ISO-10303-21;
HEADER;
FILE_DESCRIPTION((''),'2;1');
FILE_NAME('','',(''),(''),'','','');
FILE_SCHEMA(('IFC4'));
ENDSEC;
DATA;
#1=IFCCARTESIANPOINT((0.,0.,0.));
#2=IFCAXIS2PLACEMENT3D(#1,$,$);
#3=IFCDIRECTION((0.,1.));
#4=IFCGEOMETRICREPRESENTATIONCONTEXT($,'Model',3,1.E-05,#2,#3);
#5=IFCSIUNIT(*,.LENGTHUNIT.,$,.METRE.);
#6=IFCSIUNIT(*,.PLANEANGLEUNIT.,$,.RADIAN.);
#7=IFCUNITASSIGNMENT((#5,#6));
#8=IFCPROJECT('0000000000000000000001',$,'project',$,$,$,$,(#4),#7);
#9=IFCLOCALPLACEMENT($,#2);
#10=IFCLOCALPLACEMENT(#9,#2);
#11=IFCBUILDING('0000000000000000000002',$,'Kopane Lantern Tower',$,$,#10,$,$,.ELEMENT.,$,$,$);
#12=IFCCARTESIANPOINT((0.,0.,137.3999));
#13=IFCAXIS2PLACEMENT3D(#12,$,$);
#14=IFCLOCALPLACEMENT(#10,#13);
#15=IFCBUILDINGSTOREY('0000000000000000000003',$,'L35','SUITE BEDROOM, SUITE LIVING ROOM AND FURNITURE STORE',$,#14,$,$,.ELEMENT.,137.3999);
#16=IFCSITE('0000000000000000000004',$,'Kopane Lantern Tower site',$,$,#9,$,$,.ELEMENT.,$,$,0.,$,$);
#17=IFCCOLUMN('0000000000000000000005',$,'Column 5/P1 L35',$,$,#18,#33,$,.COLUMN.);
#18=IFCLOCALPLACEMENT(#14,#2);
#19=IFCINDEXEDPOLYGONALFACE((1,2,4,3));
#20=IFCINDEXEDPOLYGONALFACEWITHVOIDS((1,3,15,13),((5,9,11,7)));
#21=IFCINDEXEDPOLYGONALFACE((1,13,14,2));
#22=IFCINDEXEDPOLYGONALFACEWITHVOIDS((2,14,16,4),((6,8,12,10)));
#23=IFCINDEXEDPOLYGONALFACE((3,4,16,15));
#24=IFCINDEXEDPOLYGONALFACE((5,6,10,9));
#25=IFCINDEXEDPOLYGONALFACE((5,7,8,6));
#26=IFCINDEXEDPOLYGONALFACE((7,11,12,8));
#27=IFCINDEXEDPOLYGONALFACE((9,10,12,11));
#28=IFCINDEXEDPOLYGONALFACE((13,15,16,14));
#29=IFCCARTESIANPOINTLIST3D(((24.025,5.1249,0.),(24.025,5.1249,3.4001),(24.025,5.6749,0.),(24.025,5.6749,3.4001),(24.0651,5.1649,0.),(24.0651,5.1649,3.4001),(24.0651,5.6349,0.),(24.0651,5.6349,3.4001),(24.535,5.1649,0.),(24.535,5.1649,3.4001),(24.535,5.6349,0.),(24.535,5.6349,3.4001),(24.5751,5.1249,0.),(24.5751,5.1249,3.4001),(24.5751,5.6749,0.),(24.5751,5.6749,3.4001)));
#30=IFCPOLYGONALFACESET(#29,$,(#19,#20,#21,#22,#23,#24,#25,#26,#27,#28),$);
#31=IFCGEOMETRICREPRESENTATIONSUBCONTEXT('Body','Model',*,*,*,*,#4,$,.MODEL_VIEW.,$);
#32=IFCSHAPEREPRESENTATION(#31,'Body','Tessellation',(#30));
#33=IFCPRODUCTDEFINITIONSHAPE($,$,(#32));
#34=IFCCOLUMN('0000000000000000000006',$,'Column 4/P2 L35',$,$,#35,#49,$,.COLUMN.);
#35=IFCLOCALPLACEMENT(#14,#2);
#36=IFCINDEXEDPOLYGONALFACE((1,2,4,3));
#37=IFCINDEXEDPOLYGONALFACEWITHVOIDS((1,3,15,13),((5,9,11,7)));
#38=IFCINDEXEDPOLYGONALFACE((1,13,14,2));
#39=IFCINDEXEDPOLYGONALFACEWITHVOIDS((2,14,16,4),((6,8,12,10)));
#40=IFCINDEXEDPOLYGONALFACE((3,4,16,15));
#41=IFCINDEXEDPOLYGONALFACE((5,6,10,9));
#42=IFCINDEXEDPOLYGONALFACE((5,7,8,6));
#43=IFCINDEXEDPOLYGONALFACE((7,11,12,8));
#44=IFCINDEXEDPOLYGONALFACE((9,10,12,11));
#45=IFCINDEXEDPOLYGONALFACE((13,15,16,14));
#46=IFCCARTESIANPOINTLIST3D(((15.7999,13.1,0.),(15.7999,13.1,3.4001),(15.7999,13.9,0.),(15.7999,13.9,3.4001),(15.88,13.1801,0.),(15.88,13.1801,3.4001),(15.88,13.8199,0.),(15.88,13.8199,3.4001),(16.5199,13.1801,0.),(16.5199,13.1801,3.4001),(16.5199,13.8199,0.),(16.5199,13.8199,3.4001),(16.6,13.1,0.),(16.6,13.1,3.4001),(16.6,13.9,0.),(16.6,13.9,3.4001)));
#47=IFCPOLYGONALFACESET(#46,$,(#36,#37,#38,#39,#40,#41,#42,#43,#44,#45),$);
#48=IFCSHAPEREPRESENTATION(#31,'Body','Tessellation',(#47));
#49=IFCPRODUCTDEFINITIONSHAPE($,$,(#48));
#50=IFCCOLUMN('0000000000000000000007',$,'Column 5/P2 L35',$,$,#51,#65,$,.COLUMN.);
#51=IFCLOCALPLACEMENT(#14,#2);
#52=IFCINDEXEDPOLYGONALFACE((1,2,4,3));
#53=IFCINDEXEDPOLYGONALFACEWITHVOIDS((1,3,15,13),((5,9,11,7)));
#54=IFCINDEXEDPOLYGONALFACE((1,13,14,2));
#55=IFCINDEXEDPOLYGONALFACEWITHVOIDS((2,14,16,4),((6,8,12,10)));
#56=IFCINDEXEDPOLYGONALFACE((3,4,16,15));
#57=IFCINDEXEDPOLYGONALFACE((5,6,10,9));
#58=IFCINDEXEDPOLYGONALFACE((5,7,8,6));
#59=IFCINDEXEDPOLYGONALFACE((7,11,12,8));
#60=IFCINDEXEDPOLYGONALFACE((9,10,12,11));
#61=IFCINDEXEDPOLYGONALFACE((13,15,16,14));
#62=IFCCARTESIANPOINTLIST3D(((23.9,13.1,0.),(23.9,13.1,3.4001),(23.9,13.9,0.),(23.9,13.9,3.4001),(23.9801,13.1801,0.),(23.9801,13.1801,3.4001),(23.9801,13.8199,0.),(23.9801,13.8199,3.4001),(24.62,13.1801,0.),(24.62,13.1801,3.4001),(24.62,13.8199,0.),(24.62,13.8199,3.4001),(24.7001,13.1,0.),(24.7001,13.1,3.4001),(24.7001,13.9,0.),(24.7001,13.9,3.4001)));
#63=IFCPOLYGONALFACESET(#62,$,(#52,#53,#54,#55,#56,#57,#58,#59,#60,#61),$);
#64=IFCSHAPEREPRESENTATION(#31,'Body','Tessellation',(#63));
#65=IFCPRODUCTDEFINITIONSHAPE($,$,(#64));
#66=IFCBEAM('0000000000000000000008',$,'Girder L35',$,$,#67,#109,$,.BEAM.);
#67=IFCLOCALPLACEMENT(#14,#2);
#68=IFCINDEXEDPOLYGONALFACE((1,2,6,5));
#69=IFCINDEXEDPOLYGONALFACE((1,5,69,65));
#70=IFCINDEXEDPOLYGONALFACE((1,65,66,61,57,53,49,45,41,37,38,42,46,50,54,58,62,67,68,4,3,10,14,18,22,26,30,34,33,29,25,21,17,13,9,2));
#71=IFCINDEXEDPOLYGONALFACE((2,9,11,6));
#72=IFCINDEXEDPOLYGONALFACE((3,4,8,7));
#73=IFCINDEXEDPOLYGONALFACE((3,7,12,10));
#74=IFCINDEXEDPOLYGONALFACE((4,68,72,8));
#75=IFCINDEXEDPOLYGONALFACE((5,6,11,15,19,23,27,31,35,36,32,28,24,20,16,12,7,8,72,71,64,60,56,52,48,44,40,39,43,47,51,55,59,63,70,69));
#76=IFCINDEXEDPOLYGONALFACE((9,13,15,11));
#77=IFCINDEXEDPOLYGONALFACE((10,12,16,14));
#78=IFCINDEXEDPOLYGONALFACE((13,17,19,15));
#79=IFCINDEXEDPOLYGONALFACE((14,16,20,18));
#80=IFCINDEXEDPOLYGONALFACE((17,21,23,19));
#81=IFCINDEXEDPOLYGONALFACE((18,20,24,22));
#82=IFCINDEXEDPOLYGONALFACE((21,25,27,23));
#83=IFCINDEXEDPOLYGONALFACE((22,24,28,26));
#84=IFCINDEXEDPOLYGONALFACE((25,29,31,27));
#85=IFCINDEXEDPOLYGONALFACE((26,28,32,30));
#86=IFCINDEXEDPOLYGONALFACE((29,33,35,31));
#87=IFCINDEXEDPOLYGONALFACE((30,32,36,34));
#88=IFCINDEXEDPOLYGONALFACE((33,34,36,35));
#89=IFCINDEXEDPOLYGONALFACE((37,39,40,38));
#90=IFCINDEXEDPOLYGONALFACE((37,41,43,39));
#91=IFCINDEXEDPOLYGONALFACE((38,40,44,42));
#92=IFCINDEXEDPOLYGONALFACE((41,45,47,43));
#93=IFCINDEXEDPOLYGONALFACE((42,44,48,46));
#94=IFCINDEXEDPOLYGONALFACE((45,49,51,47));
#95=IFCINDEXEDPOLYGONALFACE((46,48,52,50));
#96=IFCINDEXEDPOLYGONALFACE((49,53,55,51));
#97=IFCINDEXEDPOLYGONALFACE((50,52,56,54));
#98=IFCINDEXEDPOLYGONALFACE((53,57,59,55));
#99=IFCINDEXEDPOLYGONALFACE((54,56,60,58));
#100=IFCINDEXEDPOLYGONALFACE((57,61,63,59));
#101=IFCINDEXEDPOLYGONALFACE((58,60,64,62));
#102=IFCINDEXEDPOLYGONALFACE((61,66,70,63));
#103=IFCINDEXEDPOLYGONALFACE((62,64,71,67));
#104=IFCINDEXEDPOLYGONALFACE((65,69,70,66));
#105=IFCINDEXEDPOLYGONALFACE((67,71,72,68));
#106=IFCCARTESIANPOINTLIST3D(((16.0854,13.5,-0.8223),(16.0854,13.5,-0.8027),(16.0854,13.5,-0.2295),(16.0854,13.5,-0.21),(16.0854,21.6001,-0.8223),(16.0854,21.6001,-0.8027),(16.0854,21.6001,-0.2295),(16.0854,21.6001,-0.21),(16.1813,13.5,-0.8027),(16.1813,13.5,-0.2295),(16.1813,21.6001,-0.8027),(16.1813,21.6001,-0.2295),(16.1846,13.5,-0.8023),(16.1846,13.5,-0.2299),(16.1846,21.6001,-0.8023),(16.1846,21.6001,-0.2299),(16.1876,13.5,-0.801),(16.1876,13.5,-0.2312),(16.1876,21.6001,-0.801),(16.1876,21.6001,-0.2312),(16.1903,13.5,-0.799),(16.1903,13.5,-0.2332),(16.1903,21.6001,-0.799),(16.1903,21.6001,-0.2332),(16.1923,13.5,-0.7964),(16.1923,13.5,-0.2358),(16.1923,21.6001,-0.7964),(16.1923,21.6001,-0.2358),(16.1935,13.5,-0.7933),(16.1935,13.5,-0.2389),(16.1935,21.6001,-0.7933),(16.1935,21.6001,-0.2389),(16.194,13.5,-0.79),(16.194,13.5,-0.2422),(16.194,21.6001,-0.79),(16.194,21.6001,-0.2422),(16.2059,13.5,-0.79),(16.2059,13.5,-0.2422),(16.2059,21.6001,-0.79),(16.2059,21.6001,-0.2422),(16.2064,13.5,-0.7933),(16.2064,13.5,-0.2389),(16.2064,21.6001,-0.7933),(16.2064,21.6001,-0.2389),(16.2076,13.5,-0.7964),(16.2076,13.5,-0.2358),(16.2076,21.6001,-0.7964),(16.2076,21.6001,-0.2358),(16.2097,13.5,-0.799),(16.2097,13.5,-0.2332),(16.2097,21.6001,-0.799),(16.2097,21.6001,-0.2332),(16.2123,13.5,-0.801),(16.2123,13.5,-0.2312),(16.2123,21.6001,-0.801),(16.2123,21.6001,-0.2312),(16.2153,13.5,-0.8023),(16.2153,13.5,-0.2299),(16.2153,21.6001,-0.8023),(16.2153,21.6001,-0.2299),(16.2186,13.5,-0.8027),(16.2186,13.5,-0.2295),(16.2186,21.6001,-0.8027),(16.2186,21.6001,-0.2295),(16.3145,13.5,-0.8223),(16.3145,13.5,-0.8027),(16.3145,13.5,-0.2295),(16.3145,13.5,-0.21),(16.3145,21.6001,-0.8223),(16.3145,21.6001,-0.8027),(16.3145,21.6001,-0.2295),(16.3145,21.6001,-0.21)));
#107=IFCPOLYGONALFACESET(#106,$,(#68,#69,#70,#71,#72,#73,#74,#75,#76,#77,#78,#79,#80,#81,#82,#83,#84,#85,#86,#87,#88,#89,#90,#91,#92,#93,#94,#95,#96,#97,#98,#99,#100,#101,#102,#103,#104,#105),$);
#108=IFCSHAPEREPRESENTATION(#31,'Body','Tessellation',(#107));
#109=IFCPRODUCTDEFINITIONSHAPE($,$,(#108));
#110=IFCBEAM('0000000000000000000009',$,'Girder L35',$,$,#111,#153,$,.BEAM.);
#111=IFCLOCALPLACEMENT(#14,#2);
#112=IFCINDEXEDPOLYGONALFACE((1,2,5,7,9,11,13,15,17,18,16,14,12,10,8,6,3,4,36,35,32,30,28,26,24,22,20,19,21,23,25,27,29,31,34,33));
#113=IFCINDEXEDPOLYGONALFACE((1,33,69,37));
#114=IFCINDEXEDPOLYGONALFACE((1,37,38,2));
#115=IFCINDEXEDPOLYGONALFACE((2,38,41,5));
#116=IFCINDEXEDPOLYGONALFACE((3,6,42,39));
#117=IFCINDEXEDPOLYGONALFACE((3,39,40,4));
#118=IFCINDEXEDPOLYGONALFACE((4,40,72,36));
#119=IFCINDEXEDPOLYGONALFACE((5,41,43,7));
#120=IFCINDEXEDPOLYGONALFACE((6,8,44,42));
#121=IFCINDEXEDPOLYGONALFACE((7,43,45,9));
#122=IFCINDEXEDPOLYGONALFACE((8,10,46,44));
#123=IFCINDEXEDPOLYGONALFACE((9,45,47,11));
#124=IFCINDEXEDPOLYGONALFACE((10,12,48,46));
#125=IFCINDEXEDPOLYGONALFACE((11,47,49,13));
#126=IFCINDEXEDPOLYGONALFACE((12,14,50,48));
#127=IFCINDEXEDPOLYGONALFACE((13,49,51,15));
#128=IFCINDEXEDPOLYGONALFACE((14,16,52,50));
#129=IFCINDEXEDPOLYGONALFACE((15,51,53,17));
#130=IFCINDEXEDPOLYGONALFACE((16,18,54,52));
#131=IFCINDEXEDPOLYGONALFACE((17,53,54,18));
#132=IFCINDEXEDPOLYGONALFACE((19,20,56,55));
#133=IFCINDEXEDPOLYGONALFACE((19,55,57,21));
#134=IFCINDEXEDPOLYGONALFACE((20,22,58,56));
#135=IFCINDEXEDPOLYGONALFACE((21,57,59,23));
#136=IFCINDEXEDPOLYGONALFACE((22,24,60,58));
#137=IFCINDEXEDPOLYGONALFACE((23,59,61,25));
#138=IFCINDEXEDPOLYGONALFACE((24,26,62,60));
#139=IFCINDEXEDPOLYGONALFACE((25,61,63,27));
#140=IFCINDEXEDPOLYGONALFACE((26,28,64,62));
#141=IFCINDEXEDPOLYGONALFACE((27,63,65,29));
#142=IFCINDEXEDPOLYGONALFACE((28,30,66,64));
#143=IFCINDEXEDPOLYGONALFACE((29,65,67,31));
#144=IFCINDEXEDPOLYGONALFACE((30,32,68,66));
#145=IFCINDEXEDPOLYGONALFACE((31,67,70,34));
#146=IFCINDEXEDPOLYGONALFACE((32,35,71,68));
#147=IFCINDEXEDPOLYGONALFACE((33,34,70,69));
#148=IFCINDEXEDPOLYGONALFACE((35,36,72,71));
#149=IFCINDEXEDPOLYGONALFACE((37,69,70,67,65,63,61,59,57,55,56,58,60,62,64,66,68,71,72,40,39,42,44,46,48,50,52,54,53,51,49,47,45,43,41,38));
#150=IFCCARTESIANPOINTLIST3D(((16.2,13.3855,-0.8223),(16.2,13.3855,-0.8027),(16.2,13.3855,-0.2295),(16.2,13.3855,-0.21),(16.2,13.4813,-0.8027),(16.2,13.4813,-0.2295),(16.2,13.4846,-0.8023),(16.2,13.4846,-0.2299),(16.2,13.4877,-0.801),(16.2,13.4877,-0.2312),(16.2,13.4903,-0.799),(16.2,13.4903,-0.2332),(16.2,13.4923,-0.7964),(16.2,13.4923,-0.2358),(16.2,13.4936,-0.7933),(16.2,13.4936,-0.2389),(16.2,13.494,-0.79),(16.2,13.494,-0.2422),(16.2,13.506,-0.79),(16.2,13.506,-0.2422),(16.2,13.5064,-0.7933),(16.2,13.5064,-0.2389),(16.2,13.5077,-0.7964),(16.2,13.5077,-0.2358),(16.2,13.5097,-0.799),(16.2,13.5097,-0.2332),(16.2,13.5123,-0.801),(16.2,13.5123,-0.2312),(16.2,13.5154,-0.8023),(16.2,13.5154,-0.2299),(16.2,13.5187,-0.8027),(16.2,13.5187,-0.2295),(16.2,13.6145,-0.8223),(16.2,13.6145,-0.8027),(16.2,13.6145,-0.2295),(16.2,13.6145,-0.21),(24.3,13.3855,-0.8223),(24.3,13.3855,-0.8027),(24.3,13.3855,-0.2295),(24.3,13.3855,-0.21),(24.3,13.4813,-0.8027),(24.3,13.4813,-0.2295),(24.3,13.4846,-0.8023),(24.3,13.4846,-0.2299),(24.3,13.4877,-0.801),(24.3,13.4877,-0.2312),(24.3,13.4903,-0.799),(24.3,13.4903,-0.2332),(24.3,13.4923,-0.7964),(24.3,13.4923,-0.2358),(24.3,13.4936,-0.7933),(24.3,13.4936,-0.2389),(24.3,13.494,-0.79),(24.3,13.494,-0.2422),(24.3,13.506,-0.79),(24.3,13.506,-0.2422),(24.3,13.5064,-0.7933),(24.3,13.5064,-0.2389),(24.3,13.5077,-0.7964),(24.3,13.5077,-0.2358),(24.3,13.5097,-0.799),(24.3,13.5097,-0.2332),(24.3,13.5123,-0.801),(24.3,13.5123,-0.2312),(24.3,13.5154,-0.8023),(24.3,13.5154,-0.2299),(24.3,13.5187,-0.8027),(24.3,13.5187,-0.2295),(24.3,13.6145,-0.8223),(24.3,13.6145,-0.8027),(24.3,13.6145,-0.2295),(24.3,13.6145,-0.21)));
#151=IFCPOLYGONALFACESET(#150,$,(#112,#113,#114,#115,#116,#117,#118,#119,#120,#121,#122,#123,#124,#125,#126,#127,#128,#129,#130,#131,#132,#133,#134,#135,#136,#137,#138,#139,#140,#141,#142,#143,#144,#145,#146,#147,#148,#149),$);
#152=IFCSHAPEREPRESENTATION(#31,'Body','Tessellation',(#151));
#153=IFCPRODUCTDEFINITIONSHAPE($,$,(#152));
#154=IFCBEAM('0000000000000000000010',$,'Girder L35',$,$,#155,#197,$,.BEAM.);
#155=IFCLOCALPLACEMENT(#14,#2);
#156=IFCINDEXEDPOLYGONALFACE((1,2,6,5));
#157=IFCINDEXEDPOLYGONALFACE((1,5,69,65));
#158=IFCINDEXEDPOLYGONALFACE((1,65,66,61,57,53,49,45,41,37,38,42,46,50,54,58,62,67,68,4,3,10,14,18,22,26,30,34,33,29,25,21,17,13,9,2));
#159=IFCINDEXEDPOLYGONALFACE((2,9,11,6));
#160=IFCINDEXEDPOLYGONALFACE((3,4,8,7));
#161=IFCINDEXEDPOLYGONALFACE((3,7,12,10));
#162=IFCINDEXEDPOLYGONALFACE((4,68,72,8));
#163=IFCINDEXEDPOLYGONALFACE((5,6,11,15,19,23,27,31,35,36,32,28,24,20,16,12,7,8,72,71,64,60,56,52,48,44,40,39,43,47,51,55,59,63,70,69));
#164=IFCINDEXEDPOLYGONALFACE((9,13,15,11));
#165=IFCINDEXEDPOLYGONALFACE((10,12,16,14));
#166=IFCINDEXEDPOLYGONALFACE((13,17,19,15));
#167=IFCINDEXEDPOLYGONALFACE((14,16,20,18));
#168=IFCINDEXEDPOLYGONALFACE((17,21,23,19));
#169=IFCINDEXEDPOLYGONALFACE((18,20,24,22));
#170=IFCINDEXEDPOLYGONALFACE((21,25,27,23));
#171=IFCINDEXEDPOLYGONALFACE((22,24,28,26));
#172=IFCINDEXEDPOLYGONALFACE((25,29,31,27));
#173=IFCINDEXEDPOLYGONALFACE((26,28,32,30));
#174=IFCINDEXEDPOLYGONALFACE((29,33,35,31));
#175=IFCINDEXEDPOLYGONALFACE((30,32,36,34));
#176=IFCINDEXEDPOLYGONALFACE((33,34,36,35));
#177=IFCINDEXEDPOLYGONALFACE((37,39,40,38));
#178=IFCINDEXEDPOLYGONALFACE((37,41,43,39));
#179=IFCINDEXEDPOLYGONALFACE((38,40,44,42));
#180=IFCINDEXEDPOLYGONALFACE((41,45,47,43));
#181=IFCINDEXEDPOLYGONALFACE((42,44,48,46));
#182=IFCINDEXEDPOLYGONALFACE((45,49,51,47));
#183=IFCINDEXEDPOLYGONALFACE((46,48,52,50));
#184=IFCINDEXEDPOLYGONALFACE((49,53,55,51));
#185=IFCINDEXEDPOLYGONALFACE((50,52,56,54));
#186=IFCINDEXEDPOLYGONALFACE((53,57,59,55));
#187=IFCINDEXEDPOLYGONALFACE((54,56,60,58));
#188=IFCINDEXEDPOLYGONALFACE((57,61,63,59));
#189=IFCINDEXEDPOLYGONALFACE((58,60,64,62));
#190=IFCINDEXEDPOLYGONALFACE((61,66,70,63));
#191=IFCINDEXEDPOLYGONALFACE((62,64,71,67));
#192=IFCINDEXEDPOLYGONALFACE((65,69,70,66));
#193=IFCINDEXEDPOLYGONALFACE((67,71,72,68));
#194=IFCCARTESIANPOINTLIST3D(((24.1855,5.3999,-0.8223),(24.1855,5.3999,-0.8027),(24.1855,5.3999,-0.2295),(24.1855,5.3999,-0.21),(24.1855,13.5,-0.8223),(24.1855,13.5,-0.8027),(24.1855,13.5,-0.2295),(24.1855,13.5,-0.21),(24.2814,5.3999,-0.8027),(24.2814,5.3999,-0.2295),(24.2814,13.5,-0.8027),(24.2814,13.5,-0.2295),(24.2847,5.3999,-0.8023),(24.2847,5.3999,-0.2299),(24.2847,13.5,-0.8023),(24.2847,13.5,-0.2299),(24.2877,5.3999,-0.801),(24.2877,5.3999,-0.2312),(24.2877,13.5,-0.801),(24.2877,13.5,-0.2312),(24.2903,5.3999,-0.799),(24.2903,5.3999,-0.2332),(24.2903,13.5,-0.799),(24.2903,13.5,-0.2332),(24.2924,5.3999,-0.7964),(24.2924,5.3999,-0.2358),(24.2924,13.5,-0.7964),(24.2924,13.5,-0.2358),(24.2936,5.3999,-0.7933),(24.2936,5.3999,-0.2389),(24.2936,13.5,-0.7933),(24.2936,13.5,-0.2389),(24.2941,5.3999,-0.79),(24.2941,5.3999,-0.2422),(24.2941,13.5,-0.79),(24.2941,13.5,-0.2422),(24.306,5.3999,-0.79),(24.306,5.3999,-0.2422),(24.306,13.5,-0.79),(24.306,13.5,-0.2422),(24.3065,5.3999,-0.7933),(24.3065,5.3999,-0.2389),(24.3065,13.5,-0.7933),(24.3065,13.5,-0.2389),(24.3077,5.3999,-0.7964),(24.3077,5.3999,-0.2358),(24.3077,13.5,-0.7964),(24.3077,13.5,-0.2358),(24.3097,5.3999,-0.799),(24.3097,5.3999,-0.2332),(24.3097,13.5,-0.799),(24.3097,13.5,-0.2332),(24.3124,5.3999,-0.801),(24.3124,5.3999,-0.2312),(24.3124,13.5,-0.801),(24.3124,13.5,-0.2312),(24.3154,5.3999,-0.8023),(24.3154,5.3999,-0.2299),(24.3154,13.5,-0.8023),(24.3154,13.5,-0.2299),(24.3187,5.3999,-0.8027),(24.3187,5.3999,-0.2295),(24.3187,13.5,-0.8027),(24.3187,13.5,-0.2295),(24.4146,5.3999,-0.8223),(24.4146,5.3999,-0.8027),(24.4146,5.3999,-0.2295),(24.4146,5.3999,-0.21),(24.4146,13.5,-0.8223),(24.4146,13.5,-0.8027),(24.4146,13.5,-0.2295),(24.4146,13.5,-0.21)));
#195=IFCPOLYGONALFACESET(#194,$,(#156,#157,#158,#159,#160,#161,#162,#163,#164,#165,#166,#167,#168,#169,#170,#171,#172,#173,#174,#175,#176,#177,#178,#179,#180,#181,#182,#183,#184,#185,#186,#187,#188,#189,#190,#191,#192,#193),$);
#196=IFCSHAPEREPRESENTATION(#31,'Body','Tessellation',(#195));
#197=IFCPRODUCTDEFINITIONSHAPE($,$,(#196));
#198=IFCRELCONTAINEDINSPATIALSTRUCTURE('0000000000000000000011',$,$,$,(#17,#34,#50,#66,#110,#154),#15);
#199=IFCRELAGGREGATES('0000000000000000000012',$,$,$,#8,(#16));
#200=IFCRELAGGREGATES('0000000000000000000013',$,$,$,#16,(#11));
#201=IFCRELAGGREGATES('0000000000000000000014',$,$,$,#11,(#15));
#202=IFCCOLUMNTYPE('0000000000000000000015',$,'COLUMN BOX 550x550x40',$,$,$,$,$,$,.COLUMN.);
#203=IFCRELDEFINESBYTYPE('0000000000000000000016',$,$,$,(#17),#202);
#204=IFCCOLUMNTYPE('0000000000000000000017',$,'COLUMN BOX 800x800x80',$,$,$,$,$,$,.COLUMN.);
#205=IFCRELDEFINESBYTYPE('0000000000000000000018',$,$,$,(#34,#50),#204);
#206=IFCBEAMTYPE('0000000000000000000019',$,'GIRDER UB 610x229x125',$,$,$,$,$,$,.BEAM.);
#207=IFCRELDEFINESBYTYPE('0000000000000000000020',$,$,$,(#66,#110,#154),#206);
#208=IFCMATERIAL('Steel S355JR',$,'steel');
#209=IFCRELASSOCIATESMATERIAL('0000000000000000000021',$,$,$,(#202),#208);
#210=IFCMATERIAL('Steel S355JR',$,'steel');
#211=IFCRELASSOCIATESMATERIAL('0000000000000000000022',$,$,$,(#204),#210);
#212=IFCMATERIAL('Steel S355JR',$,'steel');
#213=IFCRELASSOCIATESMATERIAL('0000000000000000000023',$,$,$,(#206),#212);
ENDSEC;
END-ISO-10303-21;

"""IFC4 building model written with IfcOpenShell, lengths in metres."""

from ifc_helpers import new_model, si_unit, direction, frame, origin, origin_2d, place, context, subcontext, project, spatial, hollow_rectangle, i_section, extrude, material, material_profile, profile_set, type_object, element, save


model = new_model("IFC4")

# Units and contexts
model_context = context("Model", 3, precision=1e-05, world=origin(), true_north=direction((0.0, 1.0)))
body_context = subcontext(model_context, "Body", "Model", "MODEL_VIEW")
ifc_project = project(units=[si_unit("LENGTHUNIT", "METRE"), si_unit("PLANEANGLEUNIT", "RADIAN")], contexts=[model_context])

# Site, building, storey
site_placement = place(None, origin())
site = spatial("IfcSite", under=ifc_project, at=site_placement, Name="Kopane Lantern Tower site", CompositionType="ELEMENT", RefElevation=0.0)
building_placement = place(site_placement, origin())
building = spatial("IfcBuilding", under=site, at=building_placement, Name="Kopane Lantern Tower", CompositionType="ELEMENT")
storey_placement = place(building_placement, frame((0.0, 0.0, 137.3999)))
storey = spatial("IfcBuildingStorey", under=building, at=storey_placement, Name="L35", Description="SUITE BEDROOM, SUITE LIVING ROOM AND FURNITURE STORE", CompositionType="ELEMENT", Elevation=137.3999)

# Columns
ifc_material_1 = material(Name="Steel S355JR", Category="steel")
ifc_material_profile_1 = material_profile(ifc_material_1, hollow_rectangle(XDim=0.55, YDim=0.55, WallThickness=0.04, at=origin_2d()), Name="BOX 550x550x40")
ifc_profile_set_1 = profile_set([ifc_material_profile_1], Name="Steel S355JR")
column_type_1 = type_object("IfcColumnType", Name="COLUMN BOX 550x550x40", PredefinedType="COLUMN", material=ifc_profile_set_1)
column_placement = place(storey_placement, frame((24.3, 5.3999, 0.0), z_axis=(0.0, 0.0, 1.0), x_axis=(1.0, 0.0, 0.0)))
element("IfcColumn", 1, at=column_placement, inside=storey, type_object=column_type_1, Name="Column 5/P1 L35", PredefinedType="COLUMN", context=body_context, shape_type="SweptSolid", body=[
    extrude(hollow_rectangle(XDim=0.55, YDim=0.55, WallThickness=0.04, at=origin_2d()), origin(), (0.0, 0.0, 1.0), 3.4001),
])
ifc_material_2 = material(Name="Steel S355JR", Category="steel")
ifc_material_profile_2 = material_profile(ifc_material_2, hollow_rectangle(XDim=0.8, YDim=0.8, WallThickness=0.0801, at=origin_2d()), Name="BOX 800x800x80")
ifc_profile_set_2 = profile_set([ifc_material_profile_2], Name="Steel S355JR")
column_type_2 = type_object("IfcColumnType", Name="COLUMN BOX 800x800x80", PredefinedType="COLUMN", material=ifc_profile_set_2)
for number, where, z_axis, x_axis, name in (
    (2, (16.2, 13.5, 0.0), (0.0, 0.0, 1.0), (1.0, 0.0, 0.0), "Column 4/P2 L35"),
    (3, (24.3, 13.5, 0.0), (0.0, 0.0, 1.0), (1.0, 0.0, 0.0), "Column 5/P2 L35"),
):
    element("IfcColumn", number, at=place(storey_placement, frame(where, z_axis=z_axis, x_axis=x_axis)), inside=storey, type_object=column_type_2, Name=name, PredefinedType="COLUMN", context=body_context, shape_type="SweptSolid", body=[
        extrude(hollow_rectangle(XDim=0.8, YDim=0.8, WallThickness=0.0801, at=origin_2d()), origin(), (0.0, 0.0, 1.0), 3.4001),
    ])

# Beams
ifc_material_3 = material(Name="Steel S355JR", Category="steel")
ifc_material_profile_3 = material_profile(ifc_material_3, i_section(OverallWidth=0.229, OverallDepth=0.6123, WebThickness=0.012, FlangeThickness=0.0195, FilletRadius=0.0127, at=origin_2d()), Name="UB 610x229x125")
ifc_profile_set_3 = profile_set([ifc_material_profile_3], Name="Steel S355JR")
beam_type = type_object("IfcBeamType", Name="GIRDER UB 610x229x125", PredefinedType="BEAM", material=ifc_profile_set_3)
for number, where, z_axis, x_axis, name in (
    (4, (16.2, 13.5, -0.5161), (0.0, 1.0, 0.0), (-1.0, 0.0, 0.0), "Girder L35"),
    (5, (16.2, 13.5, -0.5161), (1.0, 0.0, 0.0), (0.0, 1.0, 0.0), "Girder L35"),
    (6, (24.3, 5.3999, -0.5161), (0.0, 1.0, 0.0), (-1.0, 0.0, 0.0), "Girder L35"),
):
    element("IfcBeam", number, at=place(storey_placement, frame(where, z_axis=z_axis, x_axis=x_axis)), inside=storey, type_object=beam_type, Name=name, PredefinedType="BEAM", context=body_context, shape_type="SweptSolid", body=[
        extrude(i_section(OverallWidth=0.229, OverallDepth=0.6123, WebThickness=0.012, FlangeThickness=0.0195, FilletRadius=0.0127, at=origin_2d()), origin(), (0.0, 0.0, 1.0), 8.1001),
    ])

save(model, "model.ifc")
